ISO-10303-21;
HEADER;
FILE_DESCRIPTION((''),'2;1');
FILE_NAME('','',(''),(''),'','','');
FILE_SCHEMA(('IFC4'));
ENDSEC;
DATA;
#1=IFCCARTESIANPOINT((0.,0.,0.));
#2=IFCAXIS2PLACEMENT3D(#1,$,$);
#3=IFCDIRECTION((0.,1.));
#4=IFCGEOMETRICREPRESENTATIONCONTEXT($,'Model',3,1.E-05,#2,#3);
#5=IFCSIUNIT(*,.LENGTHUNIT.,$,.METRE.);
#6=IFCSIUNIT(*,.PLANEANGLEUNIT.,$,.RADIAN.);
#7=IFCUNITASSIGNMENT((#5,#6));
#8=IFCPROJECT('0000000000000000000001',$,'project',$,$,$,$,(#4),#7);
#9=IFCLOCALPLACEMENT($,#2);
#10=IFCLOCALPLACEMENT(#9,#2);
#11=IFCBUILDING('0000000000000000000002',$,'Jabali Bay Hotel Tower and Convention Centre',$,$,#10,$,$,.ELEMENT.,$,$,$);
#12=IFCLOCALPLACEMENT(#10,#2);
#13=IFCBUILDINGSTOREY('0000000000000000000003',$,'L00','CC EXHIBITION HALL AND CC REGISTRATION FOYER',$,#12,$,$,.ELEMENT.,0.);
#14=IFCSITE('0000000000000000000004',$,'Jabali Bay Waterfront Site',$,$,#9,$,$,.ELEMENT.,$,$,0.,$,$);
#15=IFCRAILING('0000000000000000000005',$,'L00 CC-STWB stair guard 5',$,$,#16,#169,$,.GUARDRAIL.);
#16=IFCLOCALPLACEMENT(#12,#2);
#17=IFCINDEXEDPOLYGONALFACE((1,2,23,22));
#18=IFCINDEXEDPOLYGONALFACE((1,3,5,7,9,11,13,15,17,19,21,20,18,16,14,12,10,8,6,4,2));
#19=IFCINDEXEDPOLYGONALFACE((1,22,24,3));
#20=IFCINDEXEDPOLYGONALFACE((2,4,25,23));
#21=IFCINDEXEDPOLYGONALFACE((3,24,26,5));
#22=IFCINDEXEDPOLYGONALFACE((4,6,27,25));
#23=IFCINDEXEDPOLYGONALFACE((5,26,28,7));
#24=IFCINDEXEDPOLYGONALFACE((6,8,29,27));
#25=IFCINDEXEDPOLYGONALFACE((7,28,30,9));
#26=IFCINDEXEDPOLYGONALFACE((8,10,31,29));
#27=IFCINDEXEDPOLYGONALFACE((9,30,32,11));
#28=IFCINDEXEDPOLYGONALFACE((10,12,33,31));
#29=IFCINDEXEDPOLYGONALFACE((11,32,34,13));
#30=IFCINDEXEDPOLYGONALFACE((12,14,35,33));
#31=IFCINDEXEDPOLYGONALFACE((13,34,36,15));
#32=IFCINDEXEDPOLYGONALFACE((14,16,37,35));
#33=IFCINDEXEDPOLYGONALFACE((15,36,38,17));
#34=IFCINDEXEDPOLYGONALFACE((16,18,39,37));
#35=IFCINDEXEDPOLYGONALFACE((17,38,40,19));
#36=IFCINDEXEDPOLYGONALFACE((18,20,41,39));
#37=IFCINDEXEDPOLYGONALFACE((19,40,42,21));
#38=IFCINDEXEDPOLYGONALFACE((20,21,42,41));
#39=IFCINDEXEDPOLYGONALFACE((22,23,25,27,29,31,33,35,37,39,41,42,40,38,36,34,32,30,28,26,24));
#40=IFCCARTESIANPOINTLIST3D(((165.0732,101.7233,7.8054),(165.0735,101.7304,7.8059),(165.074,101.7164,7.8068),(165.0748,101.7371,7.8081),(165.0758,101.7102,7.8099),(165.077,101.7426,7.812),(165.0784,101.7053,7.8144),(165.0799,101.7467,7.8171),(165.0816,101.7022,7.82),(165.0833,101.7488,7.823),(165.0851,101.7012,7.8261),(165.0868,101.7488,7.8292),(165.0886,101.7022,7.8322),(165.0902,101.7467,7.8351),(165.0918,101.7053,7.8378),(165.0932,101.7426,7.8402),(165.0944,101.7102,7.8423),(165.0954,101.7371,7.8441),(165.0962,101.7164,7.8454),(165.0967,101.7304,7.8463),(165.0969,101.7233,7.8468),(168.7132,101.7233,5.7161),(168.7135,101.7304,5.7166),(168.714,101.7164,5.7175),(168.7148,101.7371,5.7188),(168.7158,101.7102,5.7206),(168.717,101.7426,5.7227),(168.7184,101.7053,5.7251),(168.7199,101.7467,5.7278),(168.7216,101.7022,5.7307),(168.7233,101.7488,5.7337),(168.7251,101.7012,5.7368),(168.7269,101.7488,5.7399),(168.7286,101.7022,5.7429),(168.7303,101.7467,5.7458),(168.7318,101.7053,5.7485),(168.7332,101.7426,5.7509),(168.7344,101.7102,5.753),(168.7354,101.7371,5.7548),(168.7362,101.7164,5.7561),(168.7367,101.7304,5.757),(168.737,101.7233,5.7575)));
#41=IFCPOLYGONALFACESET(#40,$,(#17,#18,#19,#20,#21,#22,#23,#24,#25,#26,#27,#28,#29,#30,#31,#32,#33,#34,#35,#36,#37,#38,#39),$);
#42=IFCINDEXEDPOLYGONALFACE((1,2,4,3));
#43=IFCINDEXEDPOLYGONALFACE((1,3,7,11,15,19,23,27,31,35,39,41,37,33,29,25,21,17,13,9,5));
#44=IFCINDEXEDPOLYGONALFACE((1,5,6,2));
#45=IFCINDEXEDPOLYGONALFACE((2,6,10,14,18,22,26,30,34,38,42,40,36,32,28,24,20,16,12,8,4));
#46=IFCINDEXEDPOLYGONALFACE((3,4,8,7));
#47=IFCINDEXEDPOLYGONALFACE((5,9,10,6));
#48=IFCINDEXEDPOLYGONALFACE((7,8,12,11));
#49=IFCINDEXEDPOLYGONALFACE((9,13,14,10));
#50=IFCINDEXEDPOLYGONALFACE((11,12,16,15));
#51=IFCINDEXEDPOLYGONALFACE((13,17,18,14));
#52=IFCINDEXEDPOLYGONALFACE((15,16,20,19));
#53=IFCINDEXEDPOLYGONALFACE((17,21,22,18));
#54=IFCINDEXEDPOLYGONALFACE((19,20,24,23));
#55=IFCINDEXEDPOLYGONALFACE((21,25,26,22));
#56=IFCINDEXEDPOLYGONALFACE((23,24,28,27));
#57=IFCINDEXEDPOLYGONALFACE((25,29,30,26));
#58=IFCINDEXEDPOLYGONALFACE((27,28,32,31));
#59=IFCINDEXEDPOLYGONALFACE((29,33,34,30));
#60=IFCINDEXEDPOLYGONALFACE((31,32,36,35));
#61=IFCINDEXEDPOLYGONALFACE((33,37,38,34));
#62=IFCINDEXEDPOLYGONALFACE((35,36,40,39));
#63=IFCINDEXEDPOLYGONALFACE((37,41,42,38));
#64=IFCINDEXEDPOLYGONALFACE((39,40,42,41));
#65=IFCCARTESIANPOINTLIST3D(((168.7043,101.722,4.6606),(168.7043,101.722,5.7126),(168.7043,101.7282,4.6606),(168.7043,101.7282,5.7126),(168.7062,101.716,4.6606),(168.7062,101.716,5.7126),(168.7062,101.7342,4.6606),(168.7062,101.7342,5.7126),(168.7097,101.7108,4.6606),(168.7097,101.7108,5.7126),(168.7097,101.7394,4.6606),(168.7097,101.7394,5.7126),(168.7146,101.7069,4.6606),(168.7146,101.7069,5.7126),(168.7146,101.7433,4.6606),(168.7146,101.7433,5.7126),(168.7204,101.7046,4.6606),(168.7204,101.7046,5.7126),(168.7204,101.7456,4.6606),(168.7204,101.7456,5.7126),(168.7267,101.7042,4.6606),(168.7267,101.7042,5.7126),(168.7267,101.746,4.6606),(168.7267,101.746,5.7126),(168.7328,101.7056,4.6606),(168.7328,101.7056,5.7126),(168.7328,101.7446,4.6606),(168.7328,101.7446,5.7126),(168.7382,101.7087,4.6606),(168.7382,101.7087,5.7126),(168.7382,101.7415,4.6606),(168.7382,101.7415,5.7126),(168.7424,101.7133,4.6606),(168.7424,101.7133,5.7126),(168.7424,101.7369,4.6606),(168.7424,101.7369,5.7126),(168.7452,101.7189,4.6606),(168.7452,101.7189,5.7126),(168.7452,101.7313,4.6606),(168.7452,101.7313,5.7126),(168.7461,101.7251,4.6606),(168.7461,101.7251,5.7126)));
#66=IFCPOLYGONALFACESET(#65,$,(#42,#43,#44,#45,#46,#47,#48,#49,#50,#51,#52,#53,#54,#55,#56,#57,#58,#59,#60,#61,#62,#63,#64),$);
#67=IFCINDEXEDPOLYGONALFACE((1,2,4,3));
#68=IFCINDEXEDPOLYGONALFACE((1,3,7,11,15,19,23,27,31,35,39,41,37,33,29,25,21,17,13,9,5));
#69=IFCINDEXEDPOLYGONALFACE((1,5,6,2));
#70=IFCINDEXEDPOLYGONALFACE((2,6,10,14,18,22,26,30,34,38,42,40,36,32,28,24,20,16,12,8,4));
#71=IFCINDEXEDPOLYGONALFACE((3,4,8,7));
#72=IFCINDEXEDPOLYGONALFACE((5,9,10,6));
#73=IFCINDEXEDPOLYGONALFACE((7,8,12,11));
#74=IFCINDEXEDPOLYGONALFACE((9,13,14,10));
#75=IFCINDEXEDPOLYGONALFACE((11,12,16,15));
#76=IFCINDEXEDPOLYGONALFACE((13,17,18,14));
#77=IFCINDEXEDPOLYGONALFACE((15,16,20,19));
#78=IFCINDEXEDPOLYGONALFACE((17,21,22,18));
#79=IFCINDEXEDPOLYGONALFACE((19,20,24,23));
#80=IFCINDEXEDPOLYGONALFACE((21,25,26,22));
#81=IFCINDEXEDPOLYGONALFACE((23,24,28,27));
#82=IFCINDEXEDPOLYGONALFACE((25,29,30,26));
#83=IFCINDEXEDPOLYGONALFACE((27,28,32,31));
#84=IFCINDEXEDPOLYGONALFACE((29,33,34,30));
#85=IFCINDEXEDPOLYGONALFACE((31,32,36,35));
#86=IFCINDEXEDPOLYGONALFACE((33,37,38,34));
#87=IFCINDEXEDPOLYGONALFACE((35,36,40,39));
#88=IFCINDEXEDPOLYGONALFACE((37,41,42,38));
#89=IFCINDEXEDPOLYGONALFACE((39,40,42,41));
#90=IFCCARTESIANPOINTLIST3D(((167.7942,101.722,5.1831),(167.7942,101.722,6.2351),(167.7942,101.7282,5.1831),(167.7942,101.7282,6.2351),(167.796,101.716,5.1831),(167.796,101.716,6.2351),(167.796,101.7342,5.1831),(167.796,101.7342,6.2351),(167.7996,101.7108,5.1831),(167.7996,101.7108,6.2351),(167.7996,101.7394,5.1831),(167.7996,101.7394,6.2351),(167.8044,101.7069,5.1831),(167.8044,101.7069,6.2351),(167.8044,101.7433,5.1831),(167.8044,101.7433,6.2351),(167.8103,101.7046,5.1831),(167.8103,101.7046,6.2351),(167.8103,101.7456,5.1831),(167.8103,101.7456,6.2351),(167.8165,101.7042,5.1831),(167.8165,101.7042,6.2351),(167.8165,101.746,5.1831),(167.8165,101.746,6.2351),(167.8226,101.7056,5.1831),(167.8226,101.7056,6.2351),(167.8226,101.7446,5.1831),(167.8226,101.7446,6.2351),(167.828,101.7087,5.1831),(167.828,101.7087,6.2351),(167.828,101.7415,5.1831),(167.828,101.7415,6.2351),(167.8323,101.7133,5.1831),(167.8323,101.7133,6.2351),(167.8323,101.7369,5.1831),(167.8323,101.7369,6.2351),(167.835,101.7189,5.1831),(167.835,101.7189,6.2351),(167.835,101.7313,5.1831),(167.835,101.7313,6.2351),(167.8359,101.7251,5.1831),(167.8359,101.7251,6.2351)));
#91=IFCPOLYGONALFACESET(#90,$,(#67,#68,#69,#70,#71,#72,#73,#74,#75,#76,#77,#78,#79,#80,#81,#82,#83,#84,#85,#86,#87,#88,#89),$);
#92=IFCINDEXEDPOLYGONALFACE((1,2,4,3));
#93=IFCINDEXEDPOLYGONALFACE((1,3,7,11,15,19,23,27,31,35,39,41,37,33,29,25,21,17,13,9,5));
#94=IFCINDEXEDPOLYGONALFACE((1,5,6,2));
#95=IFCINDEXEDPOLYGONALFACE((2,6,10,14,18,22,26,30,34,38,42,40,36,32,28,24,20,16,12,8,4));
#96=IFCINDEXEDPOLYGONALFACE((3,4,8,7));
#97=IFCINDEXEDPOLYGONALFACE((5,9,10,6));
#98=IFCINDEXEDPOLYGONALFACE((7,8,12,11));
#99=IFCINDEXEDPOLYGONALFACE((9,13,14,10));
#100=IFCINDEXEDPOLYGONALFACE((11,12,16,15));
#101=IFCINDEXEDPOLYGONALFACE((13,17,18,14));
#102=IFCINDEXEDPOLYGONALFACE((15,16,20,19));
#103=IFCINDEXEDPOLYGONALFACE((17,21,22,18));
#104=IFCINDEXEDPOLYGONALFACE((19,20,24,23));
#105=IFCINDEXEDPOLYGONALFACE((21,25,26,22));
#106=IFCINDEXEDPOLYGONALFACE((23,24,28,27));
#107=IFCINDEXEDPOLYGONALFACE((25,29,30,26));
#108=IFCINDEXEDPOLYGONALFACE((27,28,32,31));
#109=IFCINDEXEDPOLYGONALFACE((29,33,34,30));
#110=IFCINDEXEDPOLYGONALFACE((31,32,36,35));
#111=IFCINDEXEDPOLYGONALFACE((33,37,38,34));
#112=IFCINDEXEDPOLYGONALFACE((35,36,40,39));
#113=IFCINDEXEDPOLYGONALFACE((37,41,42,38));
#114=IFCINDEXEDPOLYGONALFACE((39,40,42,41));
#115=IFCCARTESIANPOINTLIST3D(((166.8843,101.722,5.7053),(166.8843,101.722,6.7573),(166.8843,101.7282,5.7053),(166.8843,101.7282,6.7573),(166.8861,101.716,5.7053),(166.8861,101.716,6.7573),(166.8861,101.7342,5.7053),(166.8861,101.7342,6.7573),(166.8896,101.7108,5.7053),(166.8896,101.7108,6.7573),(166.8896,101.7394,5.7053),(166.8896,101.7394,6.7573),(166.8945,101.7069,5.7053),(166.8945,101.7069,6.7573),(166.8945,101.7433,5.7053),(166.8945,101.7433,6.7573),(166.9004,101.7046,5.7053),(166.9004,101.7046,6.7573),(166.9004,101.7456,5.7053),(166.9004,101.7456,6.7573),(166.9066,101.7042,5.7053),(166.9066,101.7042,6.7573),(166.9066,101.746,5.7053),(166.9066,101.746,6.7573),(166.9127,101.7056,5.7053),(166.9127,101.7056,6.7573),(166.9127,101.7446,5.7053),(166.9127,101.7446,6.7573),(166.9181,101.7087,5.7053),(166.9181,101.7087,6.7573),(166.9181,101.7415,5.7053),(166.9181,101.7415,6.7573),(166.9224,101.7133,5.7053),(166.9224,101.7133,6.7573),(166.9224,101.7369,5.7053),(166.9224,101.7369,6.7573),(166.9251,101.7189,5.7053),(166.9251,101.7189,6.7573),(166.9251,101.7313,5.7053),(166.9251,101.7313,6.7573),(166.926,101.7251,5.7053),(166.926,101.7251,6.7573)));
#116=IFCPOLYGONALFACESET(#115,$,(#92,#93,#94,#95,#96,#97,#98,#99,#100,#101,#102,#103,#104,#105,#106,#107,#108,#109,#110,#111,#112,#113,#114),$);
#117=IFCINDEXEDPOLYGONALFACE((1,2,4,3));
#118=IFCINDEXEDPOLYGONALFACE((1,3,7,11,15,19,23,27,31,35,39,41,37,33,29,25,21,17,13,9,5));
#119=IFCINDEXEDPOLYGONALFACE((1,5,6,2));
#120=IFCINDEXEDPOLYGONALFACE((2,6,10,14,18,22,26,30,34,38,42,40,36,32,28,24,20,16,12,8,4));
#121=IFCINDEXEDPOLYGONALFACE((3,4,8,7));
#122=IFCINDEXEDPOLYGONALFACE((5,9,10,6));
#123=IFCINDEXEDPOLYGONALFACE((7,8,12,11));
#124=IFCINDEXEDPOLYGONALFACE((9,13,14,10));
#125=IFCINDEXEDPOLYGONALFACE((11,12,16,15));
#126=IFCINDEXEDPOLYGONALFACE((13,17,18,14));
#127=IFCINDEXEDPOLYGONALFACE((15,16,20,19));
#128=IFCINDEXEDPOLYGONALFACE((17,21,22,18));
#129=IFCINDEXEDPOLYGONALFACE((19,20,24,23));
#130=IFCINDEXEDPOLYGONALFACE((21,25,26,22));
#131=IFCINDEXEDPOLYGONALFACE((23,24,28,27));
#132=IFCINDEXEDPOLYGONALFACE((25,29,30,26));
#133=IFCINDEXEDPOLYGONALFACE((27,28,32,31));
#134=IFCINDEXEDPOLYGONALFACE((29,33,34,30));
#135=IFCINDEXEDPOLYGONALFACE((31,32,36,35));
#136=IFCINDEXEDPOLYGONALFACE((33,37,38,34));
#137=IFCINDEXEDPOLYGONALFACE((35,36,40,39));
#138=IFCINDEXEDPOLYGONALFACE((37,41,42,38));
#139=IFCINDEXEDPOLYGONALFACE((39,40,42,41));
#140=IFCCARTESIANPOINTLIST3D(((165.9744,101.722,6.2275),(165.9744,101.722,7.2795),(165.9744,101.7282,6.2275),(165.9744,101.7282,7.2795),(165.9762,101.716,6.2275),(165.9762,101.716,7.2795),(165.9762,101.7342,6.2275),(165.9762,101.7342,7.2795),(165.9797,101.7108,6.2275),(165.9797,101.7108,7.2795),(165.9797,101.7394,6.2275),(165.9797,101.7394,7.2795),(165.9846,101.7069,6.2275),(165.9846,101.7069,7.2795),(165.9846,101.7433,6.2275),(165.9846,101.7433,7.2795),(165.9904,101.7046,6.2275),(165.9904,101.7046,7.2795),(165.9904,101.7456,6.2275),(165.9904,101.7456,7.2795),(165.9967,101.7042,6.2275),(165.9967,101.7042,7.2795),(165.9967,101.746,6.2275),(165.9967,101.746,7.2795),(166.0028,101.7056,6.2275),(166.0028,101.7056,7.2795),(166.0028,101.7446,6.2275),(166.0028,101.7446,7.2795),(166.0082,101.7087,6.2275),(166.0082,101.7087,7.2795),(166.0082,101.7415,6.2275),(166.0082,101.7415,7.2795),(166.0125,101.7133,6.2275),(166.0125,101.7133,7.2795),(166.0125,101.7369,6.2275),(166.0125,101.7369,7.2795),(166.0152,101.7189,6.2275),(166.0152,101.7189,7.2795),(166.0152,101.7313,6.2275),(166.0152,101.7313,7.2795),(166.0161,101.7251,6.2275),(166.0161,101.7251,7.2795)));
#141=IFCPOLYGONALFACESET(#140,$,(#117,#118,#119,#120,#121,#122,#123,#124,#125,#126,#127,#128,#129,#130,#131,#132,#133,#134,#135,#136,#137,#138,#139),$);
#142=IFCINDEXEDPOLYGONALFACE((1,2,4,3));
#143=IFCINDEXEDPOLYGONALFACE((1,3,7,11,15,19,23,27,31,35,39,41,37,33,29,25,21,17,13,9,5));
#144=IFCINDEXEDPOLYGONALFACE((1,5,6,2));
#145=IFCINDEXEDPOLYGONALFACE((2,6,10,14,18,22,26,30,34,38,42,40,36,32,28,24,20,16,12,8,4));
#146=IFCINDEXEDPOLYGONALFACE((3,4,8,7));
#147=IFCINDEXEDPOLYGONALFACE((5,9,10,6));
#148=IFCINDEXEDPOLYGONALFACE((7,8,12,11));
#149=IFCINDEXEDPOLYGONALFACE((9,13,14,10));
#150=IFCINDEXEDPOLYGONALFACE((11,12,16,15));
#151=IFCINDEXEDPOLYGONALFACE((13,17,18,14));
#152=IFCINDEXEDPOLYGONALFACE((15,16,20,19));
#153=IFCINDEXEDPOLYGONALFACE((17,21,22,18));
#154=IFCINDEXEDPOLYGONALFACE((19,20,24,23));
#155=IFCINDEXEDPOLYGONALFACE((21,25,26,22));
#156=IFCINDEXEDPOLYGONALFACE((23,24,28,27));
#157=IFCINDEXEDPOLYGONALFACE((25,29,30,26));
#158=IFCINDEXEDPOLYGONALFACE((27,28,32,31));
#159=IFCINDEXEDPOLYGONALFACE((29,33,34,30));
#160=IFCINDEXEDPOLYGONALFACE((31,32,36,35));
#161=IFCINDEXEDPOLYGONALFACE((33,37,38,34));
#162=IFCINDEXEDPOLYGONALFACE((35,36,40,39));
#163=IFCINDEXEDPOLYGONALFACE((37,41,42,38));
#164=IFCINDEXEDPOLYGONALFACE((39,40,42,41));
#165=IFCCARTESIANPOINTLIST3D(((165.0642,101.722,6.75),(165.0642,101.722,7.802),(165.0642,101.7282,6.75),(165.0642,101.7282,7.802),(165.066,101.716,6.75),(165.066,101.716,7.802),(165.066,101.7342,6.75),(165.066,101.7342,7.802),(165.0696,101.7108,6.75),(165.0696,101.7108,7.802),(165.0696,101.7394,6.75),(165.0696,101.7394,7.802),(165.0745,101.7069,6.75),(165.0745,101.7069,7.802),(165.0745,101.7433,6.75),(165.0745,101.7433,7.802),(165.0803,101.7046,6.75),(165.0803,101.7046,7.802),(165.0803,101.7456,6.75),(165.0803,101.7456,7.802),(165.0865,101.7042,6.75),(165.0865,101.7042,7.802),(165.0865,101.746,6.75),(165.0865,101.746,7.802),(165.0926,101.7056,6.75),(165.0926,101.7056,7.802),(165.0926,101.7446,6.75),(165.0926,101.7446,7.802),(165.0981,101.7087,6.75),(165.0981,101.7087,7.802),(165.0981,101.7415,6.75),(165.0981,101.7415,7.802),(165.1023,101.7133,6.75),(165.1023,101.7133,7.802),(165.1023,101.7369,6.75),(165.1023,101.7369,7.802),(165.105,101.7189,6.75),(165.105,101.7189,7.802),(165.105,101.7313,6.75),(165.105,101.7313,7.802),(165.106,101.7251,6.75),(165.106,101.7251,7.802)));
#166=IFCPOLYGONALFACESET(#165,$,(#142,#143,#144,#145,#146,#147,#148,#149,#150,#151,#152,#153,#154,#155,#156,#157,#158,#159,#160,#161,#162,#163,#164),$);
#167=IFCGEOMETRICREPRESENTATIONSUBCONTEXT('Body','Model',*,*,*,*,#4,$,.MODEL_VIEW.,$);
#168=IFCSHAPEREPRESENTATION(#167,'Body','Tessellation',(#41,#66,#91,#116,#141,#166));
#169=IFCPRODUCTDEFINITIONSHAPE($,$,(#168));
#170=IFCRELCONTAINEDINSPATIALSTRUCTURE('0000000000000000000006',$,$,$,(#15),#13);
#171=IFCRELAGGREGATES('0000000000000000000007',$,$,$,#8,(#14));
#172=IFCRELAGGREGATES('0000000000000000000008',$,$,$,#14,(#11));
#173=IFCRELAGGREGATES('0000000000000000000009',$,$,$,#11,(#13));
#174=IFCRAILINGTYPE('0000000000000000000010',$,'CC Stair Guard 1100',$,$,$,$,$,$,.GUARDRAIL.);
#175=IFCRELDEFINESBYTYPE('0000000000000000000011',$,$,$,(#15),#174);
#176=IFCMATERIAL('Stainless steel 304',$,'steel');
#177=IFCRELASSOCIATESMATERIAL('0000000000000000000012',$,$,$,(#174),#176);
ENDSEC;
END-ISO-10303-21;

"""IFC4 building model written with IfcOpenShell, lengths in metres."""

from ifc_helpers import new_model, si_unit, direction, frame, origin, origin_2d, place, context, subcontext, project, spatial, circle, extrude, material, type_object, element, save


model = new_model("IFC4")

# Units and contexts
model_context = context("Model", 3, precision=1e-05, world=origin(), true_north=direction((0.0, 1.0)))
body_context = subcontext(model_context, "Body", "Model", "MODEL_VIEW")
ifc_project = project(units=[si_unit("LENGTHUNIT", "METRE"), si_unit("PLANEANGLEUNIT", "RADIAN")], contexts=[model_context])

# Site, building, storey
site_placement = place(None, origin())
site = spatial("IfcSite", under=ifc_project, at=site_placement, Name="Jabali Bay Waterfront Site", CompositionType="ELEMENT", RefElevation=0.0)
building_placement = place(site_placement, origin())
building = spatial("IfcBuilding", under=site, at=building_placement, Name="Jabali Bay Hotel Tower and Convention Centre", CompositionType="ELEMENT")
storey_placement = place(building_placement, origin())
storey = spatial("IfcBuildingStorey", under=building, at=storey_placement, Name="L00", Description="CC EXHIBITION HALL AND CC REGISTRATION FOYER", CompositionType="ELEMENT", Elevation=0.0)

# Railing
ifc_material_1 = material(Name="Stainless steel 304", Category="steel")
railing_type_1 = type_object("IfcRailingType", Name="CC Stair Guard 1100", PredefinedType="GUARDRAIL", material=ifc_material_1)
for number, where, name in (
    (1, (168.7251, 101.7251, 4.6606), "L00 CC-STWB stair guard 5"),
):
    element("IfcRailing", number, at=place(storey_placement, frame(where)), inside=storey, type_object=railing_type_1, Name=name, PredefinedType="GUARDRAIL", context=body_context, shape_type="SweptSolid", body=[
        extrude(circle(Radius=0.0239, at=origin_2d()), frame((0.0, 0.0, 1.0762), z_axis=(-0.867289, 0.0, 0.497804), x_axis=(0.0, -1.0, 0.0)), (0.0, 0.0, 1.0), 4.197),
        extrude(circle(Radius=0.021, at=origin_2d()), origin(), (0.0, 0.0, 1.0), 1.052),
        extrude(circle(Radius=0.021, at=origin_2d()), frame((-0.9102, 0.0, 0.5225)), (0.0, 0.0, 1.0), 1.052),
        extrude(circle(Radius=0.021, at=origin_2d()), frame((-1.8201, 0.0, 1.0447)), (0.0, 0.0, 1.0), 1.052),
        extrude(circle(Radius=0.021, at=origin_2d()), frame((-2.73, 0.0, 1.5669)), (0.0, 0.0, 1.0), 1.052),
        extrude(circle(Radius=0.021, at=origin_2d()), frame((-3.6401, 0.0, 2.0894)), (0.0, 0.0, 1.0), 1.052),
    ])

save(model, "model.ifc")
